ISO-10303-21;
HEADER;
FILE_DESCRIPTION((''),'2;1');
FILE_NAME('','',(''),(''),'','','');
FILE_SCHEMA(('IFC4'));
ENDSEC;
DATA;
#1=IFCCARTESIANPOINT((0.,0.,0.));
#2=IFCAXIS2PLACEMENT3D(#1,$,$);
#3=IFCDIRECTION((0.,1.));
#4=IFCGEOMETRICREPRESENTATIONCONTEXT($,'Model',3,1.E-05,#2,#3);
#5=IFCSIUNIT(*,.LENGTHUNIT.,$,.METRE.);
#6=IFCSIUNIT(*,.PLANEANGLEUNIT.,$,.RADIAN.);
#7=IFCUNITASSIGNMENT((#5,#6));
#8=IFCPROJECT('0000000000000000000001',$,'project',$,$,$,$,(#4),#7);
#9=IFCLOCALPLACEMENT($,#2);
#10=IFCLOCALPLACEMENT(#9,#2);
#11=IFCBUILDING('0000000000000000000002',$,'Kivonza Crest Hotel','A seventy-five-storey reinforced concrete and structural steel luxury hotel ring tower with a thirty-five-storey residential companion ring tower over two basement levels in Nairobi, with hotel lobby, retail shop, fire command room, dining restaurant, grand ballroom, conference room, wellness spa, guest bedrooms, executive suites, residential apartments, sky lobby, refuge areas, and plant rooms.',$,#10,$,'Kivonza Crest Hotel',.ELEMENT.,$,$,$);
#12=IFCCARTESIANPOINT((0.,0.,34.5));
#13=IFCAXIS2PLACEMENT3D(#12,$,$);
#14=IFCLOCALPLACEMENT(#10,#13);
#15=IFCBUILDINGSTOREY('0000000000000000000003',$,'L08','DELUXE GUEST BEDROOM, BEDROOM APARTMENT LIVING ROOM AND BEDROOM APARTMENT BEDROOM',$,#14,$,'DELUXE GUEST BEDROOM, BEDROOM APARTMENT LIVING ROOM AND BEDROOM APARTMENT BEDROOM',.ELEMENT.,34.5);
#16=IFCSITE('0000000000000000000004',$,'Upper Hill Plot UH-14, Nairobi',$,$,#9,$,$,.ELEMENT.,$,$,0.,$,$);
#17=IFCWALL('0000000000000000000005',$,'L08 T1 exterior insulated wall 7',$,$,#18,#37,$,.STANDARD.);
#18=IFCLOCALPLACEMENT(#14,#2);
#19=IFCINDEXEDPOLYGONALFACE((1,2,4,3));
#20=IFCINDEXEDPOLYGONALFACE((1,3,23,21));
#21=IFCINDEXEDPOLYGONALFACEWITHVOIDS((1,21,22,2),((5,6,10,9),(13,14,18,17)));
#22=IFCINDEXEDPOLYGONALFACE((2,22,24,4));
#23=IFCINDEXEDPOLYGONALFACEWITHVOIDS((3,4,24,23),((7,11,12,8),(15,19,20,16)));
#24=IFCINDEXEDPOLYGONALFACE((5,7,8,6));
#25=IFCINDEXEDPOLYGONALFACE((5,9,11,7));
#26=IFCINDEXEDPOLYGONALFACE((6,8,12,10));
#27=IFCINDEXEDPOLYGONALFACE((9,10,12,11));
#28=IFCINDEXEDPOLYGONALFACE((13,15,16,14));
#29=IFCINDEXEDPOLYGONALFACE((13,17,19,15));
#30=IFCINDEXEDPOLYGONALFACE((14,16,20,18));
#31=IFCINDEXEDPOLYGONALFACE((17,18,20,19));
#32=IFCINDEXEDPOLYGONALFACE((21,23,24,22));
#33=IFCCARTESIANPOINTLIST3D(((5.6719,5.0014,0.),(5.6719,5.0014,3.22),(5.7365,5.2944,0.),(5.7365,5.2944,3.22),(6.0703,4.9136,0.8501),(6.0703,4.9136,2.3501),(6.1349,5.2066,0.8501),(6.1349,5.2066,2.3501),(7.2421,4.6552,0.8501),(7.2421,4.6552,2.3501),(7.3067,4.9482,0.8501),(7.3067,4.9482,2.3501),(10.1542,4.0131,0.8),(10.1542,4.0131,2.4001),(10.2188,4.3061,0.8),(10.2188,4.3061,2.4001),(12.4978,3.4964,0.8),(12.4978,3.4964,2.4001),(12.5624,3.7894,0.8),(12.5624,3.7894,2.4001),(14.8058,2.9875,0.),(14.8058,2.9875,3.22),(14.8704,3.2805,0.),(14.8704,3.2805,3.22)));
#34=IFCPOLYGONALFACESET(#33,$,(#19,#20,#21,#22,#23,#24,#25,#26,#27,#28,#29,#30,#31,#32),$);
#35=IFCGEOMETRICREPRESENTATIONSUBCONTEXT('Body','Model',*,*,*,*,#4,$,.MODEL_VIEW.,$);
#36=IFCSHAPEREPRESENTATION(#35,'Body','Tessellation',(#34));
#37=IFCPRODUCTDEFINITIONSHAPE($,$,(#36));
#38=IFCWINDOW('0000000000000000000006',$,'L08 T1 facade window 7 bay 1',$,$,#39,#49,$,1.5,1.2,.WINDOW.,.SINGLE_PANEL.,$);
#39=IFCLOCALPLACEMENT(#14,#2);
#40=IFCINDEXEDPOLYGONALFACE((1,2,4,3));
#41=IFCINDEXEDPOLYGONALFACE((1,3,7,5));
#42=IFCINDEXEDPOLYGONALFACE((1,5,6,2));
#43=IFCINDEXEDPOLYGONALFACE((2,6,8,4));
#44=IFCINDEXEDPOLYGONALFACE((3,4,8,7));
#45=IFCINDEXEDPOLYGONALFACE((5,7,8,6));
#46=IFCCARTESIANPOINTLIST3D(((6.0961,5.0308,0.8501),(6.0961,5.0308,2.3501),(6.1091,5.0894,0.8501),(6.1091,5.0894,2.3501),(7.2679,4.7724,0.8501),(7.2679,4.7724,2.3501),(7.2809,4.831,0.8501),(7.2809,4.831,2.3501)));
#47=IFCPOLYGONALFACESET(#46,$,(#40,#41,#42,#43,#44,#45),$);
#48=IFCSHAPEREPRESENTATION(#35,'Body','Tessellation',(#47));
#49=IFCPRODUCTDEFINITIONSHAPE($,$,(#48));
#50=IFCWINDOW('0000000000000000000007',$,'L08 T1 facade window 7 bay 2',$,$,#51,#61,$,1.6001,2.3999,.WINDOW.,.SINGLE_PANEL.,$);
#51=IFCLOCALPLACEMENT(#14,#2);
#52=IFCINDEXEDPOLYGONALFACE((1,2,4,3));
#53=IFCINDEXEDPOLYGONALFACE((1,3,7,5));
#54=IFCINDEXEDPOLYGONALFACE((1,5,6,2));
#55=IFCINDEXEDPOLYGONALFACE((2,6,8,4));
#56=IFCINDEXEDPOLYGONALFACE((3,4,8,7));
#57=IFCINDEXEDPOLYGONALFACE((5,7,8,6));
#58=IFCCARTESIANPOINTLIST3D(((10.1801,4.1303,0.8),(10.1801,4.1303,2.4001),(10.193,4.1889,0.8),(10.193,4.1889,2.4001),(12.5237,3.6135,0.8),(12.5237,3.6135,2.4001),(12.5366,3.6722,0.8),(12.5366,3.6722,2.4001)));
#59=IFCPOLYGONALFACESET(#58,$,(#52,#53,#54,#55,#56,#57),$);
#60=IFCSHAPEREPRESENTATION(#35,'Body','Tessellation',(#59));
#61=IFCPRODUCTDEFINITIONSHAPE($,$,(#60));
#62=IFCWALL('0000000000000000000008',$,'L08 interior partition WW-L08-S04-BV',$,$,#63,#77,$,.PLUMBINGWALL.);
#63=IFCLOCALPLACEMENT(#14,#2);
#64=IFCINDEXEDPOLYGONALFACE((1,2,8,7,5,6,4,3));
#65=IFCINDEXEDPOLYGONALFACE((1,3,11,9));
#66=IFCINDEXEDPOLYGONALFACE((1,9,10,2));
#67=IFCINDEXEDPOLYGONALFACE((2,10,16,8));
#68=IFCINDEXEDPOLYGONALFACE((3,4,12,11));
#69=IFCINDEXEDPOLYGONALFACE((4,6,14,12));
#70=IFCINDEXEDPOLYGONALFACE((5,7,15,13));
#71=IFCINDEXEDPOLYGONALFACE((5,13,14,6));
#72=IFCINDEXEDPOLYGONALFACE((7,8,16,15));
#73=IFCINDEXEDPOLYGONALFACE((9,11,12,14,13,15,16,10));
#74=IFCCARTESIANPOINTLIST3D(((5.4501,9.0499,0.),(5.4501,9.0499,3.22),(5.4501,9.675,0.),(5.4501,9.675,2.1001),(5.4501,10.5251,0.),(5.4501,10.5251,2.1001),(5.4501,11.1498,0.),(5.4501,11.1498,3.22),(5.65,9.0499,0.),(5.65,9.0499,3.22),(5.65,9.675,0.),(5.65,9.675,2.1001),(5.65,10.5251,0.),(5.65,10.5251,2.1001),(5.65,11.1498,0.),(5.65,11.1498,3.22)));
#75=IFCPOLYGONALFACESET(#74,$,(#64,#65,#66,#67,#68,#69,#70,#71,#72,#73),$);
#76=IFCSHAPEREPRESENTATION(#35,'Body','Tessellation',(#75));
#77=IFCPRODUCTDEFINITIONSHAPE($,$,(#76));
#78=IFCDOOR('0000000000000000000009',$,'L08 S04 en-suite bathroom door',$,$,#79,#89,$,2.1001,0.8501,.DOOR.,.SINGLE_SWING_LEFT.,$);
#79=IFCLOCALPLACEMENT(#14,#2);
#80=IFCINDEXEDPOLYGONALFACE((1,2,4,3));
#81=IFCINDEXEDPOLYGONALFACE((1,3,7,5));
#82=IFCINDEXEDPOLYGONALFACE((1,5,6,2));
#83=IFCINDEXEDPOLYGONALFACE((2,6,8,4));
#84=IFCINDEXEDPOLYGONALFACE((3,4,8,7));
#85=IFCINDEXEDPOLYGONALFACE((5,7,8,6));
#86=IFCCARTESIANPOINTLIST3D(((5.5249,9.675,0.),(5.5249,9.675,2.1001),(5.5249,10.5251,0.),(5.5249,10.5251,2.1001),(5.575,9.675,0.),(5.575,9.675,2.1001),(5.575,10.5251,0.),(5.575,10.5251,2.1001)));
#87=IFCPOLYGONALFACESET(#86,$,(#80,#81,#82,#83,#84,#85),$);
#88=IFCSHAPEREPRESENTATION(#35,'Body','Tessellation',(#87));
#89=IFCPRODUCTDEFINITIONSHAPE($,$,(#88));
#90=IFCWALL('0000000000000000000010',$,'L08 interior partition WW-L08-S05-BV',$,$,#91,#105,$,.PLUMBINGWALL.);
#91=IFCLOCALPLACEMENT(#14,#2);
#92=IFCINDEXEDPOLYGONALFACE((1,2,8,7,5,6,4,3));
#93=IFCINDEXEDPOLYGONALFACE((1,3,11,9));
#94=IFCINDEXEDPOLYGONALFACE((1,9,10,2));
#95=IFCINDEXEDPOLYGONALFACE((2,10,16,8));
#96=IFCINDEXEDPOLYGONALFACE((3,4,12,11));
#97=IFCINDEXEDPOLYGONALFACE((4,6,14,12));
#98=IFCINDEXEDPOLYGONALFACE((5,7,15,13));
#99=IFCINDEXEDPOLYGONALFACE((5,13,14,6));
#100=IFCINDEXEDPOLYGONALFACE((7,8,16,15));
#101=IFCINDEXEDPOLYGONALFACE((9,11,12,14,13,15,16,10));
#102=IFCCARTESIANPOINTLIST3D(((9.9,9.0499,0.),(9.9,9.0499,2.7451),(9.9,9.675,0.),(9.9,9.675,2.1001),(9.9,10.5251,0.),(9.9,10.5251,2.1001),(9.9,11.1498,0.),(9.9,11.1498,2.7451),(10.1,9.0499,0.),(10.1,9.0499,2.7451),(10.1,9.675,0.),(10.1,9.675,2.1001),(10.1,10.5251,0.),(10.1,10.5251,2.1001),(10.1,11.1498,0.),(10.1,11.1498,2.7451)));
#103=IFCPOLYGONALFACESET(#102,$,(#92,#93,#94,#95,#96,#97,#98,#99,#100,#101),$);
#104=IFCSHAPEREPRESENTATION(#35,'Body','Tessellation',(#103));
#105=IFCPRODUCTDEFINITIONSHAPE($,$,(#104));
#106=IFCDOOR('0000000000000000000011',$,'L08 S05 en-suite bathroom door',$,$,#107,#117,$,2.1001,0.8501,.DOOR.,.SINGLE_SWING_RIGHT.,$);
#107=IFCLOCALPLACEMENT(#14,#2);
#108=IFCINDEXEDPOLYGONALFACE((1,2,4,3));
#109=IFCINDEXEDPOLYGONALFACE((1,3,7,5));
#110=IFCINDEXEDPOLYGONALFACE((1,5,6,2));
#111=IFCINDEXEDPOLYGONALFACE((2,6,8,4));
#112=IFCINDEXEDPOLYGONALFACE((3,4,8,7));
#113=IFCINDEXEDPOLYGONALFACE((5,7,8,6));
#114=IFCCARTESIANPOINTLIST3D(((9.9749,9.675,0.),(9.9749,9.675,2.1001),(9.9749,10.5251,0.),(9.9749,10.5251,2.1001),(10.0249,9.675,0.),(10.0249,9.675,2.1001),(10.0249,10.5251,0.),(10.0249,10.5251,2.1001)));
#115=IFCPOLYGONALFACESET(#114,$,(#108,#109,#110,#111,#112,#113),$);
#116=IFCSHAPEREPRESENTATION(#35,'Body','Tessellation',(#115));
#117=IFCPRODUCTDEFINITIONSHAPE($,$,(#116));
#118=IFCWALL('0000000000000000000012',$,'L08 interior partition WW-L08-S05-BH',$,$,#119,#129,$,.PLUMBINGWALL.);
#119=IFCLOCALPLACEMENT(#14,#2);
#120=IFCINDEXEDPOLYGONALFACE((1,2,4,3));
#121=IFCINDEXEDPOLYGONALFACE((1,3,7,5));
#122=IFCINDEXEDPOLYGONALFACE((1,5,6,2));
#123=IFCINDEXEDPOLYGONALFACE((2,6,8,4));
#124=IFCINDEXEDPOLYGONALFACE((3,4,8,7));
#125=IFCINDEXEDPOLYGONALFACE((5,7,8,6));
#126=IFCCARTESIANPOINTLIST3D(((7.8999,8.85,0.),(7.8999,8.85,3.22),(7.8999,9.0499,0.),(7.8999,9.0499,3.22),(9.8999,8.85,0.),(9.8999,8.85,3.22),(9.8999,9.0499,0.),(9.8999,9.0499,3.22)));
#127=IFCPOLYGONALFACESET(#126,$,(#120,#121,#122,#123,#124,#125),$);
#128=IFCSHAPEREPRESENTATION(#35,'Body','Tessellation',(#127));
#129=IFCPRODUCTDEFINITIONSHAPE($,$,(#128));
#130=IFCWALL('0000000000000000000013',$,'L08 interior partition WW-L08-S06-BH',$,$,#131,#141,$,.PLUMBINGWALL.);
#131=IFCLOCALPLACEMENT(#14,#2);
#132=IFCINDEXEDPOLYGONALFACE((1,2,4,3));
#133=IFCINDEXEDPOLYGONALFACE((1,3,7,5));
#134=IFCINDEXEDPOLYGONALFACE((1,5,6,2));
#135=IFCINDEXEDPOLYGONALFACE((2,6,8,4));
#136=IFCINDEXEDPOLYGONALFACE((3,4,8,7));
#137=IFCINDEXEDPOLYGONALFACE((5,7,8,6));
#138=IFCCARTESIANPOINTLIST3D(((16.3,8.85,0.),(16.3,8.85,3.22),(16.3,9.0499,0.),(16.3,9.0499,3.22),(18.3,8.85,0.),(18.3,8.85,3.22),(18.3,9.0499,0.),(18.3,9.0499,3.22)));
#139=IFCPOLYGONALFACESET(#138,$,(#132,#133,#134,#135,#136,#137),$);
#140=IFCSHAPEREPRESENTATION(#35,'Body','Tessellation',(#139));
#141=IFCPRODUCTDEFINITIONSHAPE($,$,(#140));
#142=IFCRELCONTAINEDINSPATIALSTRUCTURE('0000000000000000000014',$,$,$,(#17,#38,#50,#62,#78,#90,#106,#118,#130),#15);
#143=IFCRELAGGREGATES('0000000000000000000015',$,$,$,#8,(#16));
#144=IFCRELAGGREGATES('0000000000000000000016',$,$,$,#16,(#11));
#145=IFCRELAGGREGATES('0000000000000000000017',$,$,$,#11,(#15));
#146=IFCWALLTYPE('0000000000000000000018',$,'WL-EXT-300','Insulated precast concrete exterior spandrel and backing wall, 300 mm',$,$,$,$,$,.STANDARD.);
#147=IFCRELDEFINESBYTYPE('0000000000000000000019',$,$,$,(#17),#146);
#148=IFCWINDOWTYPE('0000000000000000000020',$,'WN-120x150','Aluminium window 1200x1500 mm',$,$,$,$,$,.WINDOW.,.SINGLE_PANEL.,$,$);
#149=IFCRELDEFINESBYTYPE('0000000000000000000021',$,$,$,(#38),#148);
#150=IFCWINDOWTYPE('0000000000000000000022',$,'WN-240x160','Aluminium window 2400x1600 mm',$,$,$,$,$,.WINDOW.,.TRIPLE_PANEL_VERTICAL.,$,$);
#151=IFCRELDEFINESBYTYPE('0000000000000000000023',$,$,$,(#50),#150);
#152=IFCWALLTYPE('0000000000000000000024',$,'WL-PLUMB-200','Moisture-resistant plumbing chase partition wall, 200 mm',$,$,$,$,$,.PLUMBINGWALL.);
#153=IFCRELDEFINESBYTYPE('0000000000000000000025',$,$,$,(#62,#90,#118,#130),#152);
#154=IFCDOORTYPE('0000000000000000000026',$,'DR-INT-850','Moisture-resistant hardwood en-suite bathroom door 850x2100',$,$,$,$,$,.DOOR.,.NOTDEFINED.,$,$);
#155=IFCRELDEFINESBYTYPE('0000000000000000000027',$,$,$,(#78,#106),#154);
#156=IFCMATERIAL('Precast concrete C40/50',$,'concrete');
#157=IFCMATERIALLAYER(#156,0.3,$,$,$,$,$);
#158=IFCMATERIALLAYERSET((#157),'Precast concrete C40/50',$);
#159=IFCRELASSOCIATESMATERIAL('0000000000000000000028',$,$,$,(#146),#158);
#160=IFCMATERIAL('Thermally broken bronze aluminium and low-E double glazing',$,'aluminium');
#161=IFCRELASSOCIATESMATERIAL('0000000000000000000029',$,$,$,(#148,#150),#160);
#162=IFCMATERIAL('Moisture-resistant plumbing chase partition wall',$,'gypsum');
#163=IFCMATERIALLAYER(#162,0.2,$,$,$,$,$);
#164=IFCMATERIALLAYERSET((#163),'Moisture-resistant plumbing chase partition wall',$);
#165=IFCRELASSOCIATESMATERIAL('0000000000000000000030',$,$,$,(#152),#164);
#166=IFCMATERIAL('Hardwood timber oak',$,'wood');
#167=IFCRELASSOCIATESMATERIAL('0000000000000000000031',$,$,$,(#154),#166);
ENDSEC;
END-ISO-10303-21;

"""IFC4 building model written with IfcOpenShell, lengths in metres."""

from ifc_helpers import new_model, si_unit, direction, frame, frame_2d, origin, place, context, subcontext, project, spatial, rectangle, extrude, material, layer, layer_set, type_object, element, fill, save


model = new_model("IFC4")

# Units and contexts
model_context = context("Model", 3, precision=1e-05, world=origin(), true_north=direction((0.0, 1.0)))
body_context = subcontext(model_context, "Body", "Model", "MODEL_VIEW")
ifc_project = project(units=[si_unit("LENGTHUNIT", "METRE"), si_unit("PLANEANGLEUNIT", "RADIAN")], contexts=[model_context])

# Site, building, storey
site_placement = place(None, origin())
site = spatial("IfcSite", under=ifc_project, at=site_placement, Name="Upper Hill Plot UH-14, Nairobi", CompositionType="ELEMENT", RefElevation=0.0)
building_placement = place(site_placement, origin())
building = spatial("IfcBuilding", under=site, at=building_placement, Name="Kivonza Crest Hotel", Description="A seventy-five-storey reinforced concrete and structural steel luxury hotel ring tower with a thirty-five-storey residential companion ring tower over two basement levels in Nairobi, with hotel lobby, retail shop, fire command room, dining restaurant, grand ballroom, conference room, wellness spa, guest bedrooms, executive suites, residential apartments, sky lobby, refuge areas, and plant rooms.", LongName="Kivonza Crest Hotel", CompositionType="ELEMENT")
storey_placement = place(building_placement, frame((0.0, 0.0, 34.5)))
storey = spatial("IfcBuildingStorey", under=building, at=storey_placement, Name="L08", Description="DELUXE GUEST BEDROOM, BEDROOM APARTMENT LIVING ROOM AND BEDROOM APARTMENT BEDROOM", LongName="DELUXE GUEST BEDROOM, BEDROOM APARTMENT LIVING ROOM AND BEDROOM APARTMENT BEDROOM", CompositionType="ELEMENT", Elevation=34.5)

# Wall, openings, windows
ifc_material_1 = material(Name="Precast concrete C40/50", Category="concrete")
ifc_layer_1 = layer(ifc_material_1, 0.3)
ifc_layer_set_1 = layer_set([ifc_layer_1], Name="Precast concrete C40/50")
wall_type_1 = type_object("IfcWallType", Name="WL-EXT-300", Description="Insulated precast concrete exterior spandrel and backing wall, 300 mm", PredefinedType="STANDARD", material=ifc_layer_set_1)
wall_1_placement = place(storey_placement, frame((5.7041, 5.1479, 0.0), z_axis=(0.0, 0.0, 1.0), x_axis=(0.976544, -0.215319, 0.0)))
wall_1 = element("IfcWall", 1, at=wall_1_placement, inside=storey, type_object=wall_type_1, Name="L08 T1 exterior insulated wall 7", PredefinedType="STANDARD", context=body_context, shape_type="SweptSolid", body=[
    extrude(rectangle(XDim=9.3533, YDim=0.3, at=frame_2d((4.6768, 0.0))), origin(), (0.0, 0.0, 1.0), 3.22),
])
opening_1_placement = place(wall_1_placement, frame((0.408, 0.0, 0.8501)))
opening_1 = element("IfcOpeningElement", 2, at=opening_1_placement, cuts=wall_1, PredefinedType="OPENING", context=body_context, shape_type="SweptSolid", body=[
    extrude(rectangle(XDim=1.2, YDim=1.5, at=frame_2d((0.6001, 0.75))), frame((0.0, 0.1602, 0.0), z_axis=(0.0, -1.0, 0.0), x_axis=(1.0, 0.0, 0.0)), (0.0, 0.0, 1.0), 0.3201),
])
opening_2_placement = place(wall_1_placement, frame((4.5901, 0.0, 0.8)))
opening_2 = element("IfcOpeningElement", 3, at=opening_2_placement, cuts=wall_1, PredefinedType="OPENING", context=body_context, shape_type="SweptSolid", body=[
    extrude(rectangle(XDim=2.3999, YDim=1.6001, at=frame_2d((1.2, 0.8))), frame((0.0, 0.1602, 0.0), z_axis=(0.0, -1.0, 0.0), x_axis=(1.0, 0.0, 0.0)), (0.0, 0.0, 1.0), 0.3201),
])
ifc_material_2 = material(Name="Thermally broken bronze aluminium and low-E double glazing", Category="aluminium")
window_type_1 = type_object("IfcWindowType", Name="WN-120x150", Description="Aluminium window 1200x1500 mm", PartitioningType="SINGLE_PANEL", PredefinedType="WINDOW", material=ifc_material_2)
window_1_placement = place(opening_1_placement, origin())
window_1 = element("IfcWindow", 4, at=window_1_placement, inside=storey, type_object=window_type_1, Name="L08 T1 facade window 7 bay 1", OverallHeight=1.5, OverallWidth=1.2, PartitioningType="SINGLE_PANEL", PredefinedType="WINDOW", context=body_context, shape_type="SweptSolid", body=[
    extrude(rectangle(XDim=1.2, YDim=1.5, at=frame_2d((0.6001, 0.75))), frame((0.0, 0.03, 0.0), z_axis=(0.0, -1.0, 0.0), x_axis=(1.0, 0.0, 0.0)), (0.0, 0.0, 1.0), 0.0601),
])
fill(opening_1, window_1)
window_type_2 = type_object("IfcWindowType", Name="WN-240x160", Description="Aluminium window 2400x1600 mm", PartitioningType="TRIPLE_PANEL_VERTICAL", PredefinedType="WINDOW", material=ifc_material_2)
window_2_placement = place(opening_2_placement, origin())
window_2 = element("IfcWindow", 5, at=window_2_placement, inside=storey, type_object=window_type_2, Name="L08 T1 facade window 7 bay 2", OverallHeight=1.6001, OverallWidth=2.3999, PartitioningType="SINGLE_PANEL", PredefinedType="WINDOW", context=body_context, shape_type="SweptSolid", body=[
    extrude(rectangle(XDim=2.3999, YDim=1.6001, at=frame_2d((1.2, 0.8))), frame((0.0, 0.03, 0.0), z_axis=(0.0, -1.0, 0.0), x_axis=(1.0, 0.0, 0.0)), (0.0, 0.0, 1.0), 0.0601),
])
fill(opening_2, window_2)

# Walls, openings, doors
ifc_material_3 = material(Name="Moisture-resistant plumbing chase partition wall", Category="gypsum")
ifc_layer_2 = layer(ifc_material_3, 0.2)
ifc_layer_set_2 = layer_set([ifc_layer_2], Name="Moisture-resistant plumbing chase partition wall")
wall_type_2 = type_object("IfcWallType", Name="WL-PLUMB-200", Description="Moisture-resistant plumbing chase partition wall, 200 mm", PredefinedType="PLUMBINGWALL", material=ifc_layer_set_2)
wall_2_placement = place(storey_placement, frame((5.55, 9.05, 0.0), z_axis=(0.0, 0.0, 1.0), x_axis=(0.0, 1.0, 0.0)))
wall_2 = element("IfcWall", 6, at=wall_2_placement, inside=storey, type_object=wall_type_2, Name="L08 interior partition WW-L08-S04-BV", PredefinedType="PLUMBINGWALL", context=body_context, shape_type="SweptSolid", body=[
    extrude(rectangle(XDim=2.0999, YDim=0.2, at=frame_2d((1.0498, 0.0))), origin(), (0.0, 0.0, 1.0), 3.22),
])
opening_3_placement = place(wall_2_placement, frame((0.625, 0.0, 0.0)))
opening_3 = element("IfcOpeningElement", 7, at=opening_3_placement, cuts=wall_2, PredefinedType="OPENING", context=body_context, shape_type="SweptSolid", body=[
    extrude(rectangle(XDim=0.8501, YDim=2.1001, at=frame_2d((0.425, 1.05))), frame((0.0, 0.1099, 0.0), z_axis=(0.0, -1.0, 0.0), x_axis=(1.0, 0.0, 0.0)), (0.0, 0.0, 1.0), 0.22),
])
ifc_material_4 = material(Name="Hardwood timber oak", Category="wood")
door_type = type_object("IfcDoorType", Name="DR-INT-850", Description="Moisture-resistant hardwood en-suite bathroom door 850x2100", OperationType="NOTDEFINED", PredefinedType="DOOR", material=ifc_material_4)
door_1_placement = place(opening_3_placement, frame((0.8501, 0.0, 0.0), z_axis=(0.0, 0.0, 1.0), x_axis=(-1.0, 0.0, 0.0)))
door_1 = element("IfcDoor", 8, at=door_1_placement, inside=storey, type_object=door_type, Name="L08 S04 en-suite bathroom door", OperationType="SINGLE_SWING_LEFT", OverallHeight=2.1001, OverallWidth=0.8501, PredefinedType="DOOR", context=body_context, shape_type="SweptSolid", body=[
    extrude(rectangle(XDim=0.8501, YDim=2.1001, at=frame_2d((0.425, 1.05))), frame((0.0, 0.0249, 0.0), z_axis=(0.0, -1.0, 0.0), x_axis=(1.0, 0.0, 0.0)), (0.0, 0.0, 1.0), 0.05),
])
fill(opening_3, door_1)
wall_3_placement = place(storey_placement, frame((10.0, 9.05, 0.0), z_axis=(0.0, 0.0, 1.0), x_axis=(0.0, 1.0, 0.0)))
wall_3 = element("IfcWall", 9, at=wall_3_placement, inside=storey, type_object=wall_type_2, Name="L08 interior partition WW-L08-S05-BV", PredefinedType="PLUMBINGWALL", context=body_context, shape_type="SweptSolid", body=[
    extrude(rectangle(XDim=2.0999, YDim=0.2, at=frame_2d((1.0498, 0.0))), origin(), (0.0, 0.0, 1.0), 2.7451),
])
opening_4_placement = place(wall_3_placement, frame((0.625, 0.0, 0.0)))
opening_4 = element("IfcOpeningElement", 10, at=opening_4_placement, cuts=wall_3, PredefinedType="OPENING", context=body_context, shape_type="SweptSolid", body=[
    extrude(rectangle(XDim=0.8501, YDim=2.1001, at=frame_2d((0.425, 1.05))), frame((0.0, 0.1099, 0.0), z_axis=(0.0, -1.0, 0.0), x_axis=(1.0, 0.0, 0.0)), (0.0, 0.0, 1.0), 0.22),
])
door_2_placement = place(opening_4_placement, frame((0.8501, 0.0, 0.0), z_axis=(0.0, 0.0, 1.0), x_axis=(-1.0, 0.0, 0.0)))
door_2 = element("IfcDoor", 11, at=door_2_placement, inside=storey, type_object=door_type, Name="L08 S05 en-suite bathroom door", OperationType="SINGLE_SWING_RIGHT", OverallHeight=2.1001, OverallWidth=0.8501, PredefinedType="DOOR", context=body_context, shape_type="SweptSolid", body=[
    extrude(rectangle(XDim=0.8501, YDim=2.1001, at=frame_2d((0.425, 1.05))), frame((0.0, 0.0249, 0.0), z_axis=(0.0, -1.0, 0.0), x_axis=(1.0, 0.0, 0.0)), (0.0, 0.0, 1.0), 0.05),
])
fill(opening_4, door_2)

# Walls
for number, where, z_axis, x_axis, name in (
    (12, (7.8999, 8.95, 0.0), (0.0, 0.0, 1.0), (1.0, 0.0, 0.0), "L08 interior partition WW-L08-S05-BH"),
    (13, (16.3, 8.95, 0.0), (0.0, 0.0, 1.0), (1.0, 0.0, 0.0), "L08 interior partition WW-L08-S06-BH"),
):
    element("IfcWall", number, at=place(storey_placement, frame(where, z_axis=z_axis, x_axis=x_axis)), inside=storey, type_object=wall_type_2, Name=name, PredefinedType="PLUMBINGWALL", context=body_context, shape_type="SweptSolid", body=[
        extrude(rectangle(XDim=2.0, YDim=0.2, at=frame_2d((1.0, 0.0))), origin(), (0.0, 0.0, 1.0), 3.22),
    ])

save(model, "model.ifc")
